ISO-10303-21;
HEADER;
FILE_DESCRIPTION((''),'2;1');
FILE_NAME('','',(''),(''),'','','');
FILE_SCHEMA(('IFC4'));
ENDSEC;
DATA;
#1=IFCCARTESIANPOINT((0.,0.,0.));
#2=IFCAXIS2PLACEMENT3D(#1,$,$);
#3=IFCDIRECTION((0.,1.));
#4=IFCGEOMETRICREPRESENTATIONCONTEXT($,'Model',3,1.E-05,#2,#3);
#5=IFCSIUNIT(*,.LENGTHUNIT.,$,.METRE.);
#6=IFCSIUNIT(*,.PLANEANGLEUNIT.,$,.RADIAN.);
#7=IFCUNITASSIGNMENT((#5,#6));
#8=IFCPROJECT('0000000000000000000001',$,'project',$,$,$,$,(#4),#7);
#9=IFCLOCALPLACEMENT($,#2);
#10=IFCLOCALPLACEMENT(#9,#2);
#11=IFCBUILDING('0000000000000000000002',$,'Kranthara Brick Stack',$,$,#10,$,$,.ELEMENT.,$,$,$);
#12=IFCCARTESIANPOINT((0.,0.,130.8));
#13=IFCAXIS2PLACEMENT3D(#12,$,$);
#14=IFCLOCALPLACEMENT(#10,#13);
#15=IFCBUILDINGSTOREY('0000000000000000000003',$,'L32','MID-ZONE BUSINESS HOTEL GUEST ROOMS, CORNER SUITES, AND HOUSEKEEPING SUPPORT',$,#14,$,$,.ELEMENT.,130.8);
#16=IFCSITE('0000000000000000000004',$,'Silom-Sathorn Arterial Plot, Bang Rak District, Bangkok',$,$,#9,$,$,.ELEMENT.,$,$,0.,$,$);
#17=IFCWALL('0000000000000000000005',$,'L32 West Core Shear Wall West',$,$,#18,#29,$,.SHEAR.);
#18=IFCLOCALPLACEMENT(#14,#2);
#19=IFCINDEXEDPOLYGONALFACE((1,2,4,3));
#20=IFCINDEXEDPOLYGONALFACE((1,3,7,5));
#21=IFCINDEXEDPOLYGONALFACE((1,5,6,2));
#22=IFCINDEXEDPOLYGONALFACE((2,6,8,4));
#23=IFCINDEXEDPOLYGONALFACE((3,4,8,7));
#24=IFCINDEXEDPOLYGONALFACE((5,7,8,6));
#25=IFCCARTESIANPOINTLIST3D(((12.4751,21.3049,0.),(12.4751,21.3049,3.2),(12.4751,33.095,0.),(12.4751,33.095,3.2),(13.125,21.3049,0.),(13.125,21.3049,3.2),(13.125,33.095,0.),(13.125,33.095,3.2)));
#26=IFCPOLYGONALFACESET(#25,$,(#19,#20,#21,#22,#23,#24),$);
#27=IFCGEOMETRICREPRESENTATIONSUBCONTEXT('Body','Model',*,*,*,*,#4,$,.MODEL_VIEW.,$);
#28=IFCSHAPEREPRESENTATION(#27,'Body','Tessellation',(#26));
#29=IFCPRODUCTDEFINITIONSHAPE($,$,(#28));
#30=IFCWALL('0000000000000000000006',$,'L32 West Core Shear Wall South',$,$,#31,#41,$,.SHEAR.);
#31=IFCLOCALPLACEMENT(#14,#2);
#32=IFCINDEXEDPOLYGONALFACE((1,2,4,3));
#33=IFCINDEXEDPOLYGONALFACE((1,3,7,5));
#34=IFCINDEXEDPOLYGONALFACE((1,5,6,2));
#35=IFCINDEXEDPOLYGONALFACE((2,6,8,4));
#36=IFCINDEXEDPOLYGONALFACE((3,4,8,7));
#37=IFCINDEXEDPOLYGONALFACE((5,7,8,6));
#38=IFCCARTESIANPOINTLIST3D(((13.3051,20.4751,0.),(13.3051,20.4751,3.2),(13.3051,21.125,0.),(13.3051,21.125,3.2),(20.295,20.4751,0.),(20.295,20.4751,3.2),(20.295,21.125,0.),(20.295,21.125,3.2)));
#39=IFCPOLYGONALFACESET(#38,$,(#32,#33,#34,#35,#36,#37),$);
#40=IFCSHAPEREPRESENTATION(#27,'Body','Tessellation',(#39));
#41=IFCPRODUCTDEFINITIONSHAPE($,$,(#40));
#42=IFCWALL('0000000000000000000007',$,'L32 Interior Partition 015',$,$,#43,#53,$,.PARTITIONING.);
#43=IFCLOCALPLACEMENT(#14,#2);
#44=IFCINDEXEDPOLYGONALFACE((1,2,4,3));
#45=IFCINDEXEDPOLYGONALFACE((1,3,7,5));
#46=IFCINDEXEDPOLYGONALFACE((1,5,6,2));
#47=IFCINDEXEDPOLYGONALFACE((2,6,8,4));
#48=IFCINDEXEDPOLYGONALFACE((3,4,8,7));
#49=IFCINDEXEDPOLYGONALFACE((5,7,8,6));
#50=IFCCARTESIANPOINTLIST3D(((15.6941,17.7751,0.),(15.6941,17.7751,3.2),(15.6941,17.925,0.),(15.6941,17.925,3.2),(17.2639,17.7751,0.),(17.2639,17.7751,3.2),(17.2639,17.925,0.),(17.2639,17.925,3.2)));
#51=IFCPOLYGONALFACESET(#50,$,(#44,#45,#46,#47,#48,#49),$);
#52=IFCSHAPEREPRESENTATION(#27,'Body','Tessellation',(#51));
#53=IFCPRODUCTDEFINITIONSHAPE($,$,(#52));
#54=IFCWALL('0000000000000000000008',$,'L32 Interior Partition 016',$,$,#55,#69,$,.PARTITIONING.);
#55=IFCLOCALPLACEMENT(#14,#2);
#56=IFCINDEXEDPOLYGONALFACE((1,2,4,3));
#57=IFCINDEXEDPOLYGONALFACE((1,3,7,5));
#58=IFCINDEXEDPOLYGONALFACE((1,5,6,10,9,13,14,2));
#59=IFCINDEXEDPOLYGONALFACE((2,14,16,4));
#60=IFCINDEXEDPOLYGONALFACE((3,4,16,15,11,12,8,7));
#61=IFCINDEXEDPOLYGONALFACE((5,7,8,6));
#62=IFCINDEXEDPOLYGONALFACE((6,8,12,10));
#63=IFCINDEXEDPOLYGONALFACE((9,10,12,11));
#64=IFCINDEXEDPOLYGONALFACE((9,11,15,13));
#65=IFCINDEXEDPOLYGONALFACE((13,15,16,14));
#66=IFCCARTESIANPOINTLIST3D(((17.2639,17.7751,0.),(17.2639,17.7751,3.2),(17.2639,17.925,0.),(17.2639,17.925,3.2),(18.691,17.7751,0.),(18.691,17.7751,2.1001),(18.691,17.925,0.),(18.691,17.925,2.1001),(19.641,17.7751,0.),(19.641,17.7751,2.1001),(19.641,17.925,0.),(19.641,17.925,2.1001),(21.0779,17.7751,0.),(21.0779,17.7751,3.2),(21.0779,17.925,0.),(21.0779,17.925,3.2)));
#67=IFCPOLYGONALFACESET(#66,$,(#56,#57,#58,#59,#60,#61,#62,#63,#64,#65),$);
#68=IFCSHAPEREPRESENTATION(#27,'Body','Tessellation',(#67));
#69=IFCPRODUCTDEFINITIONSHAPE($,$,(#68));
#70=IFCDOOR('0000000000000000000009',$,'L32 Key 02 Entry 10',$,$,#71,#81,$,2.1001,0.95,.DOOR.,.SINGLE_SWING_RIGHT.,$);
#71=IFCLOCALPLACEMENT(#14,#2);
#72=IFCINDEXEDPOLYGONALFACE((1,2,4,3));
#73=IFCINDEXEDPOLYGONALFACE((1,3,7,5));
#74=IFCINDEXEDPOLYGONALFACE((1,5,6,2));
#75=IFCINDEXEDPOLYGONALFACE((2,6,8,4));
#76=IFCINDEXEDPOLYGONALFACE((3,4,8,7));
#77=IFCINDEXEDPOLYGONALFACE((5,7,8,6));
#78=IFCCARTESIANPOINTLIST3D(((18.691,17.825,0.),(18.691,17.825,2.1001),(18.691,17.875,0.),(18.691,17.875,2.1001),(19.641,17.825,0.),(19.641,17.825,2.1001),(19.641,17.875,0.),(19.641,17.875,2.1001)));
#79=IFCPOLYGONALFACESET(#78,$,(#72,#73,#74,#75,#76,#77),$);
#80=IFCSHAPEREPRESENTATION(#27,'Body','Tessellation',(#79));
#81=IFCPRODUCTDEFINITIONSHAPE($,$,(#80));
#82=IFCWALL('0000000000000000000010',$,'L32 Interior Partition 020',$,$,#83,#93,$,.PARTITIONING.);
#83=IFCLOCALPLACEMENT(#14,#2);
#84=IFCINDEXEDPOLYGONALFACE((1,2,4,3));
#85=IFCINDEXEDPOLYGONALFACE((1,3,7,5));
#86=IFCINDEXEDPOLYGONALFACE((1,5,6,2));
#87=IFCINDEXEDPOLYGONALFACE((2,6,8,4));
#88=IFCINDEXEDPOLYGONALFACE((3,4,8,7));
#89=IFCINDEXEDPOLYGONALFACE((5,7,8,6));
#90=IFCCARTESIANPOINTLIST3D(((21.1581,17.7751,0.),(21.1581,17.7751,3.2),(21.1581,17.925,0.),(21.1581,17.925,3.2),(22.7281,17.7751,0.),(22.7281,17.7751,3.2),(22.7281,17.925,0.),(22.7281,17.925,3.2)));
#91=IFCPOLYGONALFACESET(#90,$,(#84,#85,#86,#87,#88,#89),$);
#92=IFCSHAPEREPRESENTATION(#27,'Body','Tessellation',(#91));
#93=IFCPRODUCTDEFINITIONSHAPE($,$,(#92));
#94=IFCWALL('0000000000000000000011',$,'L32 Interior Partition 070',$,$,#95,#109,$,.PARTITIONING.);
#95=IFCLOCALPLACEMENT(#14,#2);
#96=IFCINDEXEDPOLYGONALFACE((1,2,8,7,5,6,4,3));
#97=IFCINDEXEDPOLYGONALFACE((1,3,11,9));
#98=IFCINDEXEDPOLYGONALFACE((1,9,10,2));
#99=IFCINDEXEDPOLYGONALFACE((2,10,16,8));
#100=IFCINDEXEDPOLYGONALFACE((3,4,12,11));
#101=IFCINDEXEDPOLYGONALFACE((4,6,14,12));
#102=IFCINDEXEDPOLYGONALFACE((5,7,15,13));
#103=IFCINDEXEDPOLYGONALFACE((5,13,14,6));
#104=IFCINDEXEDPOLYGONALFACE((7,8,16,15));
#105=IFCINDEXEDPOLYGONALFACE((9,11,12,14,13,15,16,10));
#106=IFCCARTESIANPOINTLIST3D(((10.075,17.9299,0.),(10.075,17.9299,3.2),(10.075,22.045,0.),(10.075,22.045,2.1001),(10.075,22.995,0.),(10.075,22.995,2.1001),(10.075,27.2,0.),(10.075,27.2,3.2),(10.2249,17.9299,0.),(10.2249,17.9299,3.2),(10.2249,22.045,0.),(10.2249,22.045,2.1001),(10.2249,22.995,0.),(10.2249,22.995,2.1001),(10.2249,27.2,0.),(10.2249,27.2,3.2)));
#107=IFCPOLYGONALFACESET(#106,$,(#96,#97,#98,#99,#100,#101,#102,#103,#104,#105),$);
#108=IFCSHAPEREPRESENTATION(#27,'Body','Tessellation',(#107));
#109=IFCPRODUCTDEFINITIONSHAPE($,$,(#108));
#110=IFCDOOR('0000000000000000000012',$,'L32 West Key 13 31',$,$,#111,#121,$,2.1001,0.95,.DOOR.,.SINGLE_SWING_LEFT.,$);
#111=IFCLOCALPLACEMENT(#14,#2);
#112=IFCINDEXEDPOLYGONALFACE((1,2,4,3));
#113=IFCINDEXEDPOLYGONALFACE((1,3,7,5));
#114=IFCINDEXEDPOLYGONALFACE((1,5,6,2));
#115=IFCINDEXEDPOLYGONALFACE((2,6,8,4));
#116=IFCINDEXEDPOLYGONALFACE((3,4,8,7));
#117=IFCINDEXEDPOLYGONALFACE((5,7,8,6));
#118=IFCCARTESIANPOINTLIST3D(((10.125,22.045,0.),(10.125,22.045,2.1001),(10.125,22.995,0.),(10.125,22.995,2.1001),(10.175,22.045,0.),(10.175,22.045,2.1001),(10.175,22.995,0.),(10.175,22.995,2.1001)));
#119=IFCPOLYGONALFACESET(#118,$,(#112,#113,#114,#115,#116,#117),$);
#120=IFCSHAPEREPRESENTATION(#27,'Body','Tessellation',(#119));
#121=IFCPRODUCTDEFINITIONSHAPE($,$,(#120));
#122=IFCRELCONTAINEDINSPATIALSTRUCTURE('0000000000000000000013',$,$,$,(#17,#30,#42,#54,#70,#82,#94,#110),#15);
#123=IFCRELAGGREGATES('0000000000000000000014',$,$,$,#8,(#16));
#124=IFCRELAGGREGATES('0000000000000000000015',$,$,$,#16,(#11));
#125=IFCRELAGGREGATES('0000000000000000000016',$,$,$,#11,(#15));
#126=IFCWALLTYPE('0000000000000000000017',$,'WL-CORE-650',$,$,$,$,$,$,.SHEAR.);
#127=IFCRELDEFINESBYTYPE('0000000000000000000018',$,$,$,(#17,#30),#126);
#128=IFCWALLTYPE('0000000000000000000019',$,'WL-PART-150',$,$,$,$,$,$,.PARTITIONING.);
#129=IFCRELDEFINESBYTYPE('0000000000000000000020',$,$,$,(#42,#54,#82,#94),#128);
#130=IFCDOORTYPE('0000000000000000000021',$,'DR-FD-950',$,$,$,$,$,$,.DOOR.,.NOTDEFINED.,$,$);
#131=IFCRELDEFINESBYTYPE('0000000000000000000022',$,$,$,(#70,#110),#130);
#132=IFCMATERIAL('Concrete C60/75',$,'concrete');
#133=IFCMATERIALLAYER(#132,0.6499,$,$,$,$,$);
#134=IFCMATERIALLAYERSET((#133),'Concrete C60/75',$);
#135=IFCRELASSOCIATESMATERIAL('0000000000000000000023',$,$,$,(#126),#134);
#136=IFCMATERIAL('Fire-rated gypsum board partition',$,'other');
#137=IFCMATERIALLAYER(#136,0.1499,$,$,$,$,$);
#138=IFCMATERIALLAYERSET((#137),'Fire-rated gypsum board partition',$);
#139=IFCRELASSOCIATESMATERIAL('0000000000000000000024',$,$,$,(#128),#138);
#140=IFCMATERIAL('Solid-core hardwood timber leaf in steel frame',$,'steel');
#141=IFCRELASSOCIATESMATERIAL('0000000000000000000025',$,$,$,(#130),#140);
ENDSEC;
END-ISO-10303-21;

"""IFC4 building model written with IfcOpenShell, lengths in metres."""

from ifc_helpers import new_model, si_unit, direction, frame, frame_2d, origin, place, context, subcontext, project, spatial, rectangle, extrude, material, layer, layer_set, type_object, element, fill, save


model = new_model("IFC4")

# Units and contexts
model_context = context("Model", 3, precision=1e-05, world=origin(), true_north=direction((0.0, 1.0)))
body_context = subcontext(model_context, "Body", "Model", "MODEL_VIEW")
ifc_project = project(units=[si_unit("LENGTHUNIT", "METRE"), si_unit("PLANEANGLEUNIT", "RADIAN")], contexts=[model_context])

# Site, building, storey
site_placement = place(None, origin())
site = spatial("IfcSite", under=ifc_project, at=site_placement, Name="Silom-Sathorn Arterial Plot, Bang Rak District, Bangkok", CompositionType="ELEMENT", RefElevation=0.0)
building_placement = place(site_placement, origin())
building = spatial("IfcBuilding", under=site, at=building_placement, Name="Kranthara Brick Stack", CompositionType="ELEMENT")
storey_placement = place(building_placement, frame((0.0, 0.0, 130.8)))
storey = spatial("IfcBuildingStorey", under=building, at=storey_placement, Name="L32", Description="MID-ZONE BUSINESS HOTEL GUEST ROOMS, CORNER SUITES, AND HOUSEKEEPING SUPPORT", CompositionType="ELEMENT", Elevation=130.8)

# Walls
ifc_material_1 = material(Name="Concrete C60/75", Category="concrete")
ifc_layer_1 = layer(ifc_material_1, 0.6499)
ifc_layer_set_1 = layer_set([ifc_layer_1], Name="Concrete C60/75")
wall_type_1 = type_object("IfcWallType", Name="WL-CORE-650", PredefinedType="SHEAR", material=ifc_layer_set_1)
wall_1_placement = place(storey_placement, frame((12.8, 21.3049, 0.0), z_axis=(0.0, 0.0, 1.0), x_axis=(0.0, 1.0, 0.0)))
element("IfcWall", 1, at=wall_1_placement, inside=storey, type_object=wall_type_1, Name="L32 West Core Shear Wall West", PredefinedType="SHEAR", context=body_context, shape_type="SweptSolid", body=[
    extrude(rectangle(XDim=11.79, YDim=0.6499, at=frame_2d((5.895, 0.0))), origin(), (0.0, 0.0, 1.0), 3.2),
])
wall_2_placement = place(storey_placement, frame((13.3049, 20.8, 0.0), z_axis=(0.0, 0.0, 1.0), x_axis=(1.0, 0.0, 0.0)))
element("IfcWall", 2, at=wall_2_placement, inside=storey, type_object=wall_type_1, Name="L32 West Core Shear Wall South", PredefinedType="SHEAR", context=body_context, shape_type="SweptSolid", body=[
    extrude(rectangle(XDim=6.99, YDim=0.6499, at=frame_2d((3.4951, 0.0))), origin(), (0.0, 0.0, 1.0), 3.2),
])

# Wall
ifc_material_2 = material(Name="Fire-rated gypsum board partition", Category="other")
ifc_layer_2 = layer(ifc_material_2, 0.1499)
ifc_layer_set_2 = layer_set([ifc_layer_2], Name="Fire-rated gypsum board partition")
wall_type_2 = type_object("IfcWallType", Name="WL-PART-150", PredefinedType="PARTITIONING", material=ifc_layer_set_2)
wall_3_placement = place(storey_placement, frame((15.6941, 17.8501, 0.0), z_axis=(0.0, 0.0, 1.0), x_axis=(1.0, 0.0, 0.0)))
element("IfcWall", 3, at=wall_3_placement, inside=storey, type_object=wall_type_2, Name="L32 Interior Partition 015", PredefinedType="PARTITIONING", context=body_context, shape_type="SweptSolid", body=[
    extrude(rectangle(XDim=1.5698, YDim=0.1499, at=frame_2d((0.7849, 0.0))), origin(), (0.0, 0.0, 1.0), 3.2),
])

# Wall, opening, door
wall_4_placement = place(storey_placement, frame((17.2639, 17.8501, 0.0), z_axis=(0.0, 0.0, 1.0), x_axis=(1.0, 0.0, 0.0)))
wall_4 = element("IfcWall", 4, at=wall_4_placement, inside=storey, type_object=wall_type_2, Name="L32 Interior Partition 016", PredefinedType="PARTITIONING", context=body_context, shape_type="SweptSolid", body=[
    extrude(rectangle(XDim=3.814, YDim=0.1499, at=frame_2d((1.907, 0.0))), origin(), (0.0, 0.0, 1.0), 3.2),
])
opening_1_placement = place(wall_4_placement, frame((1.427, 0.0, 0.0)))
opening_1 = element("IfcOpeningElement", 5, at=opening_1_placement, cuts=wall_4, PredefinedType="OPENING", context=body_context, shape_type="SweptSolid", body=[
    extrude(rectangle(XDim=0.95, YDim=2.1001, at=frame_2d((0.4751, 1.05))), frame((0.0, 0.085, 0.0), z_axis=(0.0, -1.0, 0.0), x_axis=(1.0, 0.0, 0.0)), (0.0, 0.0, 1.0), 0.1699),
])
ifc_material_3 = material(Name="Solid-core hardwood timber leaf in steel frame", Category="steel")
door_type_1 = type_object("IfcDoorType", Name="DR-FD-950", OperationType="NOTDEFINED", PredefinedType="DOOR", material=ifc_material_3)
door_1_placement = place(opening_1_placement, origin())
door_1 = element("IfcDoor", 6, at=door_1_placement, inside=storey, type_object=door_type_1, Name="L32 Key 02 Entry 10", OperationType="SINGLE_SWING_RIGHT", OverallHeight=2.1001, OverallWidth=0.95, PredefinedType="DOOR", context=body_context, shape_type="SweptSolid", body=[
    extrude(rectangle(XDim=0.95, YDim=2.1001, at=frame_2d((0.4751, 1.05))), frame((0.0, 0.0249, 0.0), z_axis=(0.0, -1.0, 0.0), x_axis=(1.0, 0.0, 0.0)), (0.0, 0.0, 1.0), 0.05),
])
fill(opening_1, door_1)

# Wall
wall_5_placement = place(storey_placement, frame((21.158, 17.8501, 0.0), z_axis=(0.0, 0.0, 1.0), x_axis=(1.0, 0.0, 0.0)))
element("IfcWall", 7, at=wall_5_placement, inside=storey, type_object=wall_type_2, Name="L32 Interior Partition 020", PredefinedType="PARTITIONING", context=body_context, shape_type="SweptSolid", body=[
    extrude(rectangle(XDim=1.5701, YDim=0.1499, at=frame_2d((0.7852, 0.0))), origin(), (0.0, 0.0, 1.0), 3.2),
])

# Wall, opening, door
wall_6_placement = place(storey_placement, frame((10.1499, 17.9299, 0.0), z_axis=(0.0, 0.0, 1.0), x_axis=(0.0, 1.0, 0.0)))
wall_6 = element("IfcWall", 8, at=wall_6_placement, inside=storey, type_object=wall_type_2, Name="L32 Interior Partition 070", PredefinedType="PARTITIONING", context=body_context, shape_type="SweptSolid", body=[
    extrude(rectangle(XDim=9.27, YDim=0.1499, at=frame_2d((4.635, 0.0))), origin(), (0.0, 0.0, 1.0), 3.2),
])
opening_2_placement = place(wall_6_placement, frame((4.115, 0.0, 0.0)))
opening_2 = element("IfcOpeningElement", 9, at=opening_2_placement, cuts=wall_6, PredefinedType="OPENING", context=body_context, shape_type="SweptSolid", body=[
    extrude(rectangle(XDim=0.95, YDim=2.1001, at=frame_2d((0.4751, 1.05))), frame((0.0, 0.085, 0.0), z_axis=(0.0, -1.0, 0.0), x_axis=(1.0, 0.0, 0.0)), (0.0, 0.0, 1.0), 0.1699),
])
door_2_placement = place(opening_2_placement, origin())
door_2 = element("IfcDoor", 10, at=door_2_placement, inside=storey, type_object=door_type_1, Name="L32 West Key 13 31", OperationType="SINGLE_SWING_LEFT", OverallHeight=2.1001, OverallWidth=0.95, PredefinedType="DOOR", context=body_context, shape_type="SweptSolid", body=[
    extrude(rectangle(XDim=0.95, YDim=2.1001, at=frame_2d((0.4751, 1.05))), frame((0.0, 0.0249, 0.0), z_axis=(0.0, -1.0, 0.0), x_axis=(1.0, 0.0, 0.0)), (0.0, 0.0, 1.0), 0.05),
])
fill(opening_2, door_2)

save(model, "model.ifc")
